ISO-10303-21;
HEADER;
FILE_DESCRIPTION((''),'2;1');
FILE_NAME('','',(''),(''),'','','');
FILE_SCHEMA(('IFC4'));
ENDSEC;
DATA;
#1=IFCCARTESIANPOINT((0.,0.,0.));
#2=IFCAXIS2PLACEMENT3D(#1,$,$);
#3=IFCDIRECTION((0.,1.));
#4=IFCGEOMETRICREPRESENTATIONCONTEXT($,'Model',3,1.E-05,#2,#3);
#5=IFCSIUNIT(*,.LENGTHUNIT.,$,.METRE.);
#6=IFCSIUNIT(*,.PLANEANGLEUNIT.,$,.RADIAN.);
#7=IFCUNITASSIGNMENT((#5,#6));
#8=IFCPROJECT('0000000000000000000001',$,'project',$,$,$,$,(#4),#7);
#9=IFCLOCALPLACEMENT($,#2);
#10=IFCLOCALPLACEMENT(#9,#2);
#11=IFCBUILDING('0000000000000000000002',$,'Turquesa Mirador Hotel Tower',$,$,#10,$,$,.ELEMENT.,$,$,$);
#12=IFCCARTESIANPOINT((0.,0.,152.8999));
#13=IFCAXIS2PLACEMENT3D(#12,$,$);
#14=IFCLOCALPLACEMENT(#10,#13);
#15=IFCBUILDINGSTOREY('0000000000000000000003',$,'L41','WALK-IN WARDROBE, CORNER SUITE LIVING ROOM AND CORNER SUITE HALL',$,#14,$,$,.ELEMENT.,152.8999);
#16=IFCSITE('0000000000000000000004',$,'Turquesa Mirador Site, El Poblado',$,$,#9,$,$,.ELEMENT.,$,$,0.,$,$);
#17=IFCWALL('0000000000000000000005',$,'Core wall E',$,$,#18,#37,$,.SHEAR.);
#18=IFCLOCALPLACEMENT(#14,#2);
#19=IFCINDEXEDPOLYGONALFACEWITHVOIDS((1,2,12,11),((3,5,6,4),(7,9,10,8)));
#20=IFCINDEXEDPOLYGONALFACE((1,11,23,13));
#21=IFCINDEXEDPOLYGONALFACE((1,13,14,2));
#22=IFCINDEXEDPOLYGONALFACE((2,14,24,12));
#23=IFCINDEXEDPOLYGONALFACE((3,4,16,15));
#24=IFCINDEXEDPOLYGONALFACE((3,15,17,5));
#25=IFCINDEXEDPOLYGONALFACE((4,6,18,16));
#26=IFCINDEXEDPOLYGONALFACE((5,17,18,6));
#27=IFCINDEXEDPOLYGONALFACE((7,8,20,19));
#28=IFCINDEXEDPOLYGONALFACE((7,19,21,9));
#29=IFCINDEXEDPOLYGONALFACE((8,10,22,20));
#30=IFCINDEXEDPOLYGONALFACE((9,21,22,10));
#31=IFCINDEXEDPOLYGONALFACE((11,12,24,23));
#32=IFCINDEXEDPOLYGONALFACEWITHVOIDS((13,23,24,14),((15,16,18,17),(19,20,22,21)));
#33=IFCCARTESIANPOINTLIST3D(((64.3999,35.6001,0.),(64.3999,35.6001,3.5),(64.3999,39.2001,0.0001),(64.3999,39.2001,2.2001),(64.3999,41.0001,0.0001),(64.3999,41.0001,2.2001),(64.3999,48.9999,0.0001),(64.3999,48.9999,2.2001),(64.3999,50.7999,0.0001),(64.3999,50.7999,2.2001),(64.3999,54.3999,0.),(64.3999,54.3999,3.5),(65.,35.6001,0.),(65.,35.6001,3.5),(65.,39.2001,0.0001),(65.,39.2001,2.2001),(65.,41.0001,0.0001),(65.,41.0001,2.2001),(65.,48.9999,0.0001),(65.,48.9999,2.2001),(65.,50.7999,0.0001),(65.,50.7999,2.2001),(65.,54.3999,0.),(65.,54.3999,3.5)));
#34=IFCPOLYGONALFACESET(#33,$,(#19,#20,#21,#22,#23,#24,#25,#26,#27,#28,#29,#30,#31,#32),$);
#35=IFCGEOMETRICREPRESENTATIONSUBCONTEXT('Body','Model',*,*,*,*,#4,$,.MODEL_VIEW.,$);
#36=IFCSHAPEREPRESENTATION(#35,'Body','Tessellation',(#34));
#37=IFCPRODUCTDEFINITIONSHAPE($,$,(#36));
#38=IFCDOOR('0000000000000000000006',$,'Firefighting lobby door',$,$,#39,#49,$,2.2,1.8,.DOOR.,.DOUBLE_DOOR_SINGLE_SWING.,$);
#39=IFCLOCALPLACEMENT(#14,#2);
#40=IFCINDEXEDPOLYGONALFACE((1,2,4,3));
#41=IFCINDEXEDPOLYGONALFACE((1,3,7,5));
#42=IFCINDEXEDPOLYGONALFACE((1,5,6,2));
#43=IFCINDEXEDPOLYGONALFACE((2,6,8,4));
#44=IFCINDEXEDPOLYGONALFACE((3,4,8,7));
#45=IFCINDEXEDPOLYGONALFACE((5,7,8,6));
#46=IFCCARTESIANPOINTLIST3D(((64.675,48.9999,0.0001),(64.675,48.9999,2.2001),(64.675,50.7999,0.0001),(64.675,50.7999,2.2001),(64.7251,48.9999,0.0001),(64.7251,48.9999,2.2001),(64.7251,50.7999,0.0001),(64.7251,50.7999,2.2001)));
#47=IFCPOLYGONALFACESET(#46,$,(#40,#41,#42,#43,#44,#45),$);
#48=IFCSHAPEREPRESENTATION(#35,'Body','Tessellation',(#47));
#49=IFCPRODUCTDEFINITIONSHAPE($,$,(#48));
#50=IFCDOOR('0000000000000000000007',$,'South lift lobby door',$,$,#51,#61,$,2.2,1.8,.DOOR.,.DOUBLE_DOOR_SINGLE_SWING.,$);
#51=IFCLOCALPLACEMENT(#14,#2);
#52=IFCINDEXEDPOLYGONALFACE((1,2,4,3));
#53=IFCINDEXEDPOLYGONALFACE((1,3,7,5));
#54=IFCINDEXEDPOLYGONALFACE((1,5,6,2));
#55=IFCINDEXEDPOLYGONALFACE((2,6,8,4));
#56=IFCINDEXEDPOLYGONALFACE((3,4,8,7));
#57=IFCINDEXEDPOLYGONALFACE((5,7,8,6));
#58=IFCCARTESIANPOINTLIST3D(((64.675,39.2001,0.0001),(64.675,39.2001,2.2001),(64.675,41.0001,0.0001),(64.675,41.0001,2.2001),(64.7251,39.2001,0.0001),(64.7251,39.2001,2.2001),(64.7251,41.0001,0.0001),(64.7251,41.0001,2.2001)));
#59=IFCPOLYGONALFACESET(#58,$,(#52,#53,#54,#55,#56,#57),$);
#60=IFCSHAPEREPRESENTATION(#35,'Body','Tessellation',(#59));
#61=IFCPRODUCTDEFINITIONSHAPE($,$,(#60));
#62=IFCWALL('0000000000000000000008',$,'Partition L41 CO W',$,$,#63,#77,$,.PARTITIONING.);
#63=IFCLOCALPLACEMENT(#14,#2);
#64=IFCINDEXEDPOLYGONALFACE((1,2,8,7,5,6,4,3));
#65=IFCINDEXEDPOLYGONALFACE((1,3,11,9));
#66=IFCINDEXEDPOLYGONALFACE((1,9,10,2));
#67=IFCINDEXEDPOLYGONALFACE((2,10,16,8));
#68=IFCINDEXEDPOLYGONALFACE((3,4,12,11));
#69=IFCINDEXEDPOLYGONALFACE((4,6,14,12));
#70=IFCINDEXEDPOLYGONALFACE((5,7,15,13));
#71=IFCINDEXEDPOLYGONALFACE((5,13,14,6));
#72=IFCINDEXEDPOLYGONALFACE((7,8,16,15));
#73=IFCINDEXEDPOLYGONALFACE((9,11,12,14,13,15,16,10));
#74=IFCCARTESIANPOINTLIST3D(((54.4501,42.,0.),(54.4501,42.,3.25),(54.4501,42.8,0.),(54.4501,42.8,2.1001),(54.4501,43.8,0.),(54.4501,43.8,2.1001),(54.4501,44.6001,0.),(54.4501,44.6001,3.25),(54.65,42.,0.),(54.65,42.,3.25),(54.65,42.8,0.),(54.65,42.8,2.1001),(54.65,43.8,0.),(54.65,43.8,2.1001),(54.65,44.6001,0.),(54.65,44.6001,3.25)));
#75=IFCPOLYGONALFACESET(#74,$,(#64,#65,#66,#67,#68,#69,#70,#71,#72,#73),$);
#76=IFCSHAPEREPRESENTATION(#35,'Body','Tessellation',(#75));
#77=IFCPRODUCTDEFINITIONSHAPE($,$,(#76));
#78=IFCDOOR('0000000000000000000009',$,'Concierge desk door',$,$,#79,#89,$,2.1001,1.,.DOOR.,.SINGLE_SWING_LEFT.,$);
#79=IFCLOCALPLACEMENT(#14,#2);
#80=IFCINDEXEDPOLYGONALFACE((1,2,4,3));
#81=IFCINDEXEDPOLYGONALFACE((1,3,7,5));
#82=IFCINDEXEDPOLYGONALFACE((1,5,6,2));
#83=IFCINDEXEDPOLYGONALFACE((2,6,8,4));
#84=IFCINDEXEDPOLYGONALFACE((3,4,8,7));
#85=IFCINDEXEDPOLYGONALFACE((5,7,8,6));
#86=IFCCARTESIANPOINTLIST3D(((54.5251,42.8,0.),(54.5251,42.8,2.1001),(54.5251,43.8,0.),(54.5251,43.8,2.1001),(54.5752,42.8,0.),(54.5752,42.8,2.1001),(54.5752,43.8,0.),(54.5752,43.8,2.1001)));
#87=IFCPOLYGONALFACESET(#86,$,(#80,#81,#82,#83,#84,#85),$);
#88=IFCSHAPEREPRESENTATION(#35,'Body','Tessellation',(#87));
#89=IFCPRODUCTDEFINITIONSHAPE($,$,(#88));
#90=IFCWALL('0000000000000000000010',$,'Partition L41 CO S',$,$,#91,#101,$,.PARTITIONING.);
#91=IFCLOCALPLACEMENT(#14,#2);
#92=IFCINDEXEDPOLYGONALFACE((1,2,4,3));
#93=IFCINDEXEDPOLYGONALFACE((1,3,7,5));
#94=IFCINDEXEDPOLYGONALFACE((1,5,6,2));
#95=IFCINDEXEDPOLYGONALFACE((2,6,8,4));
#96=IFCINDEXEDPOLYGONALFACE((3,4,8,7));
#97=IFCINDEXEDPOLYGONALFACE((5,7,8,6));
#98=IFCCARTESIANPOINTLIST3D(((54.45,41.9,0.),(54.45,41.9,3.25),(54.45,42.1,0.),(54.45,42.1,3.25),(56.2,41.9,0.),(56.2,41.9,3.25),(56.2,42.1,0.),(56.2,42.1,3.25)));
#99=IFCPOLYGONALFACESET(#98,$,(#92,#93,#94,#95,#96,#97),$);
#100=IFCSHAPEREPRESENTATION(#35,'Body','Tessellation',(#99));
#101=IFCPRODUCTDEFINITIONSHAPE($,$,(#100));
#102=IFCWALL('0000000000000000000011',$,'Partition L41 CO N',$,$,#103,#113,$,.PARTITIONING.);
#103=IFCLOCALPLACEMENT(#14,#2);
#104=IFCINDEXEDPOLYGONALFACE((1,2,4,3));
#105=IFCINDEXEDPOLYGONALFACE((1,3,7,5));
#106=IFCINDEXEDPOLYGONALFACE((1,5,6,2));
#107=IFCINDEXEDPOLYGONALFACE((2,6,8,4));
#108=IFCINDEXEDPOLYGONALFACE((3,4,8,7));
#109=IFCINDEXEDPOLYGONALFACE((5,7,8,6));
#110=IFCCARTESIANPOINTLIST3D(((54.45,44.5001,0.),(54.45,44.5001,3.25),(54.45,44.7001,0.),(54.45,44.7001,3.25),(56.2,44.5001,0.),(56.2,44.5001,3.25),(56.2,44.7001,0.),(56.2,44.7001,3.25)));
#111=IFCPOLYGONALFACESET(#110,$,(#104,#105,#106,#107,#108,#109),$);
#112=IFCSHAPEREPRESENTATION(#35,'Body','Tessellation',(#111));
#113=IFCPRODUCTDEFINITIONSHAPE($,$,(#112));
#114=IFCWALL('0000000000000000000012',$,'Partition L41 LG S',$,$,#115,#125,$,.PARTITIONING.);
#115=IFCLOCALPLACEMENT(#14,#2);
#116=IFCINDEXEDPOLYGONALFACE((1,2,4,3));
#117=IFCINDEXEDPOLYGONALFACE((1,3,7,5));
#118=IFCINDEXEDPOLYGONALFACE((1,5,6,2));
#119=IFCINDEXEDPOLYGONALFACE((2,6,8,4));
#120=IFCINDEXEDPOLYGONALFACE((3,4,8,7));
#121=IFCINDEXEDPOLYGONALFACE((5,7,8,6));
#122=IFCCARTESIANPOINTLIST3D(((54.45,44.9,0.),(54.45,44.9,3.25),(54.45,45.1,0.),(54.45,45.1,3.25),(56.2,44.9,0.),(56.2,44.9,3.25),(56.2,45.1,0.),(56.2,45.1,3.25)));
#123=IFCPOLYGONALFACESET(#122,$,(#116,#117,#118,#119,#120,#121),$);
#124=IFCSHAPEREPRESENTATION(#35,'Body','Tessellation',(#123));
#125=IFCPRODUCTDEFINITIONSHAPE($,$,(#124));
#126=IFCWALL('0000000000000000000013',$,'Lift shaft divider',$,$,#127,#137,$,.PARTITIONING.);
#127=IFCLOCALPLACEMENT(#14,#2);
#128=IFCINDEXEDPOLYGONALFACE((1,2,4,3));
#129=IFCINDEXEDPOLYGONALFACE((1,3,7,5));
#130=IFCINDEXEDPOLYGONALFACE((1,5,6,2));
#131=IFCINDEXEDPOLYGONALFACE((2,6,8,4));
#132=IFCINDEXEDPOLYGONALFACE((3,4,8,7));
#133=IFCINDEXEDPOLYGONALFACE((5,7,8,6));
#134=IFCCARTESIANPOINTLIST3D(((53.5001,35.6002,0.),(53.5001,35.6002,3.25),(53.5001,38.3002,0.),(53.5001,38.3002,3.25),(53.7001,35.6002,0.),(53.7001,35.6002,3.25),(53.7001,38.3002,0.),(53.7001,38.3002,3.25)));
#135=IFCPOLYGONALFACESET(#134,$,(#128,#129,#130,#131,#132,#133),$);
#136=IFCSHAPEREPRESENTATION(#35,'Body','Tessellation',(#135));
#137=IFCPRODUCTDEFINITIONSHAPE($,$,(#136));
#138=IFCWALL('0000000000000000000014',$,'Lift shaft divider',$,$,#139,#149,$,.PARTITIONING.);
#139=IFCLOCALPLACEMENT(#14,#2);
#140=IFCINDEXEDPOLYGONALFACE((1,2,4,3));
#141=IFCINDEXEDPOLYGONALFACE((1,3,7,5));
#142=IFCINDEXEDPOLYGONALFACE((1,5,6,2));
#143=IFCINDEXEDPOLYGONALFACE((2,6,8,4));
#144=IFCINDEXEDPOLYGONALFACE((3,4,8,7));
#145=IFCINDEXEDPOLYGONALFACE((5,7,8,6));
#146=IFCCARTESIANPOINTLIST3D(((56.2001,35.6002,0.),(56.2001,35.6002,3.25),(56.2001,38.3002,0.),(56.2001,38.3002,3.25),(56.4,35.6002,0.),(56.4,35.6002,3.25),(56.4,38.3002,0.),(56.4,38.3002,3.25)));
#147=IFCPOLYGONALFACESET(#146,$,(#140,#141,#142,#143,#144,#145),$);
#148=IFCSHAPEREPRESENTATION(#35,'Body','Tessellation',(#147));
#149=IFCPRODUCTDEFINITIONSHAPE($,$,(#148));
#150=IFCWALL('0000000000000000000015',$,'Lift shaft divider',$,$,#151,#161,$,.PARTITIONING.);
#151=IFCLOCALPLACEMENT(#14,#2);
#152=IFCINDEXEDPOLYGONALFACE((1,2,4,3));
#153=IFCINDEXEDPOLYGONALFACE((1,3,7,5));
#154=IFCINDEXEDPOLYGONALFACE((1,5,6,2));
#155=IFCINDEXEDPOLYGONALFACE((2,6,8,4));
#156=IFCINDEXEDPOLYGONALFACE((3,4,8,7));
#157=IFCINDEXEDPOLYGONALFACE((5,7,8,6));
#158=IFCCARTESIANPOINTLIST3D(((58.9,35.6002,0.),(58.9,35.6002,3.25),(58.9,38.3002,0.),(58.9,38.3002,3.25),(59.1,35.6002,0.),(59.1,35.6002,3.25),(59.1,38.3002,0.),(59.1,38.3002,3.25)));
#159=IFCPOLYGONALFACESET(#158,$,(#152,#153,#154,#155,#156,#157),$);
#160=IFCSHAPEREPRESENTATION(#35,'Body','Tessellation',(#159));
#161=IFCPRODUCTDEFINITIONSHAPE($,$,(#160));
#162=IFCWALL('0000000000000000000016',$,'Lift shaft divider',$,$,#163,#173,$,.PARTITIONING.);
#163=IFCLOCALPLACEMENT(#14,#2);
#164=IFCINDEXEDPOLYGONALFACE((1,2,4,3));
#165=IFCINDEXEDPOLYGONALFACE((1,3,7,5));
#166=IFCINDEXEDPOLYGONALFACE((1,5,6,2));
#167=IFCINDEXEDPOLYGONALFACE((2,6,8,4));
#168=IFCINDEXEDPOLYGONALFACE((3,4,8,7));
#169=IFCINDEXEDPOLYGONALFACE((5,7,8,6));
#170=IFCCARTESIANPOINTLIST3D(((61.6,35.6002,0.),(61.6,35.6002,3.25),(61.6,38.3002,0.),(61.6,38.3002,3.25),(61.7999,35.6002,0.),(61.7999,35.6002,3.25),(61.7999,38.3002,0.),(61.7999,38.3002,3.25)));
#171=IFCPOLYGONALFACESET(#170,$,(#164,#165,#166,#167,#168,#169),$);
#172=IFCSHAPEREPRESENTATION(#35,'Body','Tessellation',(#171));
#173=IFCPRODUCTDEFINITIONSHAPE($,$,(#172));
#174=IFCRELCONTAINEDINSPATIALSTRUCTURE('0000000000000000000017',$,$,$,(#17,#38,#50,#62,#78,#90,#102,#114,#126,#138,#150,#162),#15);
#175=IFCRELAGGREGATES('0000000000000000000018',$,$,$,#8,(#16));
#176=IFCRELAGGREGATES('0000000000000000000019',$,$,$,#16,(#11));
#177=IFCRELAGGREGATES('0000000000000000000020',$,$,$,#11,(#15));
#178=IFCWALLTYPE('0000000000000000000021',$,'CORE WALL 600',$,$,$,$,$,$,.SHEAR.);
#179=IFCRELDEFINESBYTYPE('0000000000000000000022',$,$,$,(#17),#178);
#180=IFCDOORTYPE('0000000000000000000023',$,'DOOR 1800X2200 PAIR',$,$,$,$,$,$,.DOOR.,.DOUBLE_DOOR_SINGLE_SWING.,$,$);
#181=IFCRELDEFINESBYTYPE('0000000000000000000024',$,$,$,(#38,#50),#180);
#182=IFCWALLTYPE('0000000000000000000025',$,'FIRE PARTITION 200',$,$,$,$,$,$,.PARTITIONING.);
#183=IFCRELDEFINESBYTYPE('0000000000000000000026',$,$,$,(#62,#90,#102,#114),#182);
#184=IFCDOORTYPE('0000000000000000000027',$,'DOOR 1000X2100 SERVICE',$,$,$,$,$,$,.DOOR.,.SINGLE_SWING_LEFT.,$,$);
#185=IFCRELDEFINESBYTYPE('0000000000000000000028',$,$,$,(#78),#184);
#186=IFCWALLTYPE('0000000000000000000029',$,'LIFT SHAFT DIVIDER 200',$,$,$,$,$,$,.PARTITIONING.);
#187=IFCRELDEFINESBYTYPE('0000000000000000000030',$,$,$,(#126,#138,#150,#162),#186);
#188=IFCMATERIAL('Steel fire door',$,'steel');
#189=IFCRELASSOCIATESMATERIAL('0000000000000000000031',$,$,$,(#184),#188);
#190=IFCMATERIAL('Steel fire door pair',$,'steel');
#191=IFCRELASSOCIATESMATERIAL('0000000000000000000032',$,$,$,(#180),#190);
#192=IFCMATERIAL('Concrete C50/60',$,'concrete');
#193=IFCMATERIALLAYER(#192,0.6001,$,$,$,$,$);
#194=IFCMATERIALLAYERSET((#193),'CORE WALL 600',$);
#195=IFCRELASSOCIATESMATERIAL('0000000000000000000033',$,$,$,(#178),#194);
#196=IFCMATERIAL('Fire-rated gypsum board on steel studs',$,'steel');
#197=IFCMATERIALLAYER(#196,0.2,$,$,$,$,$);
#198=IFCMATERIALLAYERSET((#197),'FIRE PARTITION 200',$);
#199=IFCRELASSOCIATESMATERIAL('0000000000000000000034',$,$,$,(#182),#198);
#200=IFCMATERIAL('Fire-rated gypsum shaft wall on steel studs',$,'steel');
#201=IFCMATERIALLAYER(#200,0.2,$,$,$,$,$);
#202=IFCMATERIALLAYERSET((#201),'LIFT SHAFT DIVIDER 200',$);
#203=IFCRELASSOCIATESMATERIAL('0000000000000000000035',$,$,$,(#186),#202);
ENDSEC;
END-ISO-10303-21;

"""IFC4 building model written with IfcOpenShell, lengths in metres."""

from ifc_helpers import new_model, si_unit, direction, frame, frame_2d, origin, place, context, subcontext, project, spatial, rectangle, extrude, material, layer, layer_set, type_object, element, fill, save


model = new_model("IFC4")

# Units and contexts
model_context = context("Model", 3, precision=1e-05, world=origin(), true_north=direction((0.0, 1.0)))
body_context = subcontext(model_context, "Body", "Model", "MODEL_VIEW")
ifc_project = project(units=[si_unit("LENGTHUNIT", "METRE"), si_unit("PLANEANGLEUNIT", "RADIAN")], contexts=[model_context])

# Site, building, storey
site_placement = place(None, origin())
site = spatial("IfcSite", under=ifc_project, at=site_placement, Name="Turquesa Mirador Site, El Poblado", CompositionType="ELEMENT", RefElevation=0.0)
building_placement = place(site_placement, origin())
building = spatial("IfcBuilding", under=site, at=building_placement, Name="Turquesa Mirador Hotel Tower", CompositionType="ELEMENT")
storey_placement = place(building_placement, frame((0.0, 0.0, 152.8999)))
storey = spatial("IfcBuildingStorey", under=building, at=storey_placement, Name="L41", Description="WALK-IN WARDROBE, CORNER SUITE LIVING ROOM AND CORNER SUITE HALL", CompositionType="ELEMENT", Elevation=152.8999)

# Shared definitions
ifc_material_1 = material(Name="Steel fire door", Category="steel")
door_type_1 = type_object("IfcDoorType", Name="DOOR 1000X2100 SERVICE", OperationType="SINGLE_SWING_LEFT", PredefinedType="DOOR", material=ifc_material_1)
ifc_material_2 = material(Name="Steel fire door pair", Category="steel")
door_type_2 = type_object("IfcDoorType", Name="DOOR 1800X2200 PAIR", OperationType="DOUBLE_DOOR_SINGLE_SWING", PredefinedType="DOOR", material=ifc_material_2)

# Wall, openings, doors
ifc_material_3 = material(Name="Concrete C50/60", Category="concrete")
ifc_layer_1 = layer(ifc_material_3, 0.6001)
ifc_layer_set_1 = layer_set([ifc_layer_1], Name="CORE WALL 600")
wall_type_1 = type_object("IfcWallType", Name="CORE WALL 600", PredefinedType="SHEAR", material=ifc_layer_set_1)
wall_1_placement = place(storey_placement, frame((64.7, 35.6001, 0.0), z_axis=(0.0, 0.0, 1.0), x_axis=(0.0, 1.0, 0.0)))
wall_1 = element("IfcWall", 1, at=wall_1_placement, inside=storey, type_object=wall_type_1, Name="Core wall E", PredefinedType="SHEAR", context=body_context, shape_type="SweptSolid", body=[
    extrude(rectangle(XDim=18.7998, YDim=0.6001, at=frame_2d((9.3999, 0.0))), origin(), (0.0, 0.0, 1.0), 3.5),
])
opening_1_placement = place(wall_1_placement, frame((13.3999, 0.0, 0.0)))
opening_1 = element("IfcOpeningElement", 2, at=opening_1_placement, cuts=wall_1, PredefinedType="OPENING", context=body_context, shape_type="SweptSolid", body=[
    extrude(rectangle(XDim=1.8, YDim=2.2, at=frame_2d((0.8999, 1.1001))), frame((0.0, 0.3101, 0.0), z_axis=(0.0, -1.0, 0.0), x_axis=(1.0, 0.0, 0.0)), (0.0, 0.0, 1.0), 0.6201),
])
opening_2_placement = place(wall_1_placement, frame((3.6001, 0.0, 0.0)))
opening_2 = element("IfcOpeningElement", 3, at=opening_2_placement, cuts=wall_1, PredefinedType="OPENING", context=body_context, shape_type="SweptSolid", body=[
    extrude(rectangle(XDim=1.8, YDim=2.2, at=frame_2d((0.8999, 1.1001))), frame((0.0, 0.3101, 0.0), z_axis=(0.0, -1.0, 0.0), x_axis=(1.0, 0.0, 0.0)), (0.0, 0.0, 1.0), 0.6201),
])
door_1_placement = place(opening_1_placement, origin())
door_1 = element("IfcDoor", 4, at=door_1_placement, inside=storey, type_object=door_type_2, Name="Firefighting lobby door", OperationType="DOUBLE_DOOR_SINGLE_SWING", OverallHeight=2.2, OverallWidth=1.8, PredefinedType="DOOR", context=body_context, shape_type="SweptSolid", body=[
    extrude(rectangle(XDim=1.8, YDim=2.2, at=frame_2d((0.8999, 1.1001))), frame((0.0, 0.0249, 0.0), z_axis=(0.0, -1.0, 0.0), x_axis=(1.0, 0.0, 0.0)), (0.0, 0.0, 1.0), 0.05),
])
fill(opening_1, door_1)
door_2_placement = place(opening_2_placement, origin())
door_2 = element("IfcDoor", 5, at=door_2_placement, inside=storey, type_object=door_type_2, Name="South lift lobby door", OperationType="DOUBLE_DOOR_SINGLE_SWING", OverallHeight=2.2, OverallWidth=1.8, PredefinedType="DOOR", context=body_context, shape_type="SweptSolid", body=[
    extrude(rectangle(XDim=1.8, YDim=2.2, at=frame_2d((0.8999, 1.1001))), frame((0.0, 0.0249, 0.0), z_axis=(0.0, -1.0, 0.0), x_axis=(1.0, 0.0, 0.0)), (0.0, 0.0, 1.0), 0.05),
])
fill(opening_2, door_2)

# Wall, opening, door
ifc_material_4 = material(Name="Fire-rated gypsum board on steel studs", Category="steel")
ifc_layer_2 = layer(ifc_material_4, 0.2)
ifc_layer_set_2 = layer_set([ifc_layer_2], Name="FIRE PARTITION 200")
wall_type_2 = type_object("IfcWallType", Name="FIRE PARTITION 200", PredefinedType="PARTITIONING", material=ifc_layer_set_2)
wall_2_placement = place(storey_placement, frame((54.55, 42.0, 0.0), z_axis=(0.0, 0.0, 1.0), x_axis=(0.0, 1.0, 0.0)))
wall_2 = element("IfcWall", 6, at=wall_2_placement, inside=storey, type_object=wall_type_2, Name="Partition L41 CO W", PredefinedType="PARTITIONING", context=body_context, shape_type="SweptSolid", body=[
    extrude(rectangle(XDim=2.6001, YDim=0.2, at=frame_2d((1.3, 0.0))), origin(), (0.0, 0.0, 1.0), 3.25),
])
opening_3_placement = place(wall_2_placement, frame((0.8, 0.0, 0.0)))
opening_3 = element("IfcOpeningElement", 7, at=opening_3_placement, cuts=wall_2, PredefinedType="OPENING", context=body_context, shape_type="SweptSolid", body=[
    extrude(rectangle(XDim=1.0, YDim=2.1001, at=frame_2d((0.5, 1.05))), frame((0.0, 0.1099, 0.0), z_axis=(0.0, -1.0, 0.0), x_axis=(1.0, 0.0, 0.0)), (0.0, 0.0, 1.0), 0.22),
])
door_3_placement = place(opening_3_placement, origin())
door_3 = element("IfcDoor", 8, at=door_3_placement, inside=storey, type_object=door_type_1, Name="Concierge desk door", OperationType="SINGLE_SWING_LEFT", OverallHeight=2.1001, OverallWidth=1.0, PredefinedType="DOOR", context=body_context, shape_type="SweptSolid", body=[
    extrude(rectangle(XDim=1.0, YDim=2.1001, at=frame_2d((0.5, 1.05))), frame((0.0, 0.0249, 0.0), z_axis=(0.0, -1.0, 0.0), x_axis=(1.0, 0.0, 0.0)), (0.0, 0.0, 1.0), 0.05),
])
fill(opening_3, door_3)

# Walls
for number, where, z_axis, x_axis, name in (
    (9, (54.45, 42.0, 0.0), (0.0, 0.0, 1.0), (1.0, 0.0, 0.0), "Partition L41 CO S"),
    (10, (54.45, 44.6001, 0.0), (0.0, 0.0, 1.0), (1.0, 0.0, 0.0), "Partition L41 CO N"),
    (11, (54.45, 45.0, 0.0), (0.0, 0.0, 1.0), (1.0, 0.0, 0.0), "Partition L41 LG S"),
):
    element("IfcWall", number, at=place(storey_placement, frame(where, z_axis=z_axis, x_axis=x_axis)), inside=storey, type_object=wall_type_2, Name=name, PredefinedType="PARTITIONING", context=body_context, shape_type="SweptSolid", body=[
        extrude(rectangle(XDim=1.75, YDim=0.2, at=frame_2d((0.875, 0.0))), origin(), (0.0, 0.0, 1.0), 3.25),
    ])
ifc_material_5 = material(Name="Fire-rated gypsum shaft wall on steel studs", Category="steel")
ifc_layer_3 = layer(ifc_material_5, 0.2)
ifc_layer_set_3 = layer_set([ifc_layer_3], Name="LIFT SHAFT DIVIDER 200")
wall_type_3 = type_object("IfcWallType", Name="LIFT SHAFT DIVIDER 200", PredefinedType="PARTITIONING", material=ifc_layer_set_3)
for number, where, z_axis, x_axis, name in (
    (12, (53.6001, 35.6001, 0.0), (0.0, 0.0, 1.0), (0.0, 1.0, 0.0), "Lift shaft divider"),
    (13, (56.3, 35.6001, 0.0), (0.0, 0.0, 1.0), (0.0, 1.0, 0.0), "Lift shaft divider"),
    (14, (59.0, 35.6001, 0.0), (0.0, 0.0, 1.0), (0.0, 1.0, 0.0), "Lift shaft divider"),
    (15, (61.7, 35.6001, 0.0), (0.0, 0.0, 1.0), (0.0, 1.0, 0.0), "Lift shaft divider"),
):
    element("IfcWall", number, at=place(storey_placement, frame(where, z_axis=z_axis, x_axis=x_axis)), inside=storey, type_object=wall_type_3, Name=name, PredefinedType="PARTITIONING", context=body_context, shape_type="SweptSolid", body=[
        extrude(rectangle(XDim=2.7, YDim=0.2, at=frame_2d((1.3501, 0.0))), origin(), (0.0, 0.0, 1.0), 3.25),
    ])

save(model, "model.ifc")
